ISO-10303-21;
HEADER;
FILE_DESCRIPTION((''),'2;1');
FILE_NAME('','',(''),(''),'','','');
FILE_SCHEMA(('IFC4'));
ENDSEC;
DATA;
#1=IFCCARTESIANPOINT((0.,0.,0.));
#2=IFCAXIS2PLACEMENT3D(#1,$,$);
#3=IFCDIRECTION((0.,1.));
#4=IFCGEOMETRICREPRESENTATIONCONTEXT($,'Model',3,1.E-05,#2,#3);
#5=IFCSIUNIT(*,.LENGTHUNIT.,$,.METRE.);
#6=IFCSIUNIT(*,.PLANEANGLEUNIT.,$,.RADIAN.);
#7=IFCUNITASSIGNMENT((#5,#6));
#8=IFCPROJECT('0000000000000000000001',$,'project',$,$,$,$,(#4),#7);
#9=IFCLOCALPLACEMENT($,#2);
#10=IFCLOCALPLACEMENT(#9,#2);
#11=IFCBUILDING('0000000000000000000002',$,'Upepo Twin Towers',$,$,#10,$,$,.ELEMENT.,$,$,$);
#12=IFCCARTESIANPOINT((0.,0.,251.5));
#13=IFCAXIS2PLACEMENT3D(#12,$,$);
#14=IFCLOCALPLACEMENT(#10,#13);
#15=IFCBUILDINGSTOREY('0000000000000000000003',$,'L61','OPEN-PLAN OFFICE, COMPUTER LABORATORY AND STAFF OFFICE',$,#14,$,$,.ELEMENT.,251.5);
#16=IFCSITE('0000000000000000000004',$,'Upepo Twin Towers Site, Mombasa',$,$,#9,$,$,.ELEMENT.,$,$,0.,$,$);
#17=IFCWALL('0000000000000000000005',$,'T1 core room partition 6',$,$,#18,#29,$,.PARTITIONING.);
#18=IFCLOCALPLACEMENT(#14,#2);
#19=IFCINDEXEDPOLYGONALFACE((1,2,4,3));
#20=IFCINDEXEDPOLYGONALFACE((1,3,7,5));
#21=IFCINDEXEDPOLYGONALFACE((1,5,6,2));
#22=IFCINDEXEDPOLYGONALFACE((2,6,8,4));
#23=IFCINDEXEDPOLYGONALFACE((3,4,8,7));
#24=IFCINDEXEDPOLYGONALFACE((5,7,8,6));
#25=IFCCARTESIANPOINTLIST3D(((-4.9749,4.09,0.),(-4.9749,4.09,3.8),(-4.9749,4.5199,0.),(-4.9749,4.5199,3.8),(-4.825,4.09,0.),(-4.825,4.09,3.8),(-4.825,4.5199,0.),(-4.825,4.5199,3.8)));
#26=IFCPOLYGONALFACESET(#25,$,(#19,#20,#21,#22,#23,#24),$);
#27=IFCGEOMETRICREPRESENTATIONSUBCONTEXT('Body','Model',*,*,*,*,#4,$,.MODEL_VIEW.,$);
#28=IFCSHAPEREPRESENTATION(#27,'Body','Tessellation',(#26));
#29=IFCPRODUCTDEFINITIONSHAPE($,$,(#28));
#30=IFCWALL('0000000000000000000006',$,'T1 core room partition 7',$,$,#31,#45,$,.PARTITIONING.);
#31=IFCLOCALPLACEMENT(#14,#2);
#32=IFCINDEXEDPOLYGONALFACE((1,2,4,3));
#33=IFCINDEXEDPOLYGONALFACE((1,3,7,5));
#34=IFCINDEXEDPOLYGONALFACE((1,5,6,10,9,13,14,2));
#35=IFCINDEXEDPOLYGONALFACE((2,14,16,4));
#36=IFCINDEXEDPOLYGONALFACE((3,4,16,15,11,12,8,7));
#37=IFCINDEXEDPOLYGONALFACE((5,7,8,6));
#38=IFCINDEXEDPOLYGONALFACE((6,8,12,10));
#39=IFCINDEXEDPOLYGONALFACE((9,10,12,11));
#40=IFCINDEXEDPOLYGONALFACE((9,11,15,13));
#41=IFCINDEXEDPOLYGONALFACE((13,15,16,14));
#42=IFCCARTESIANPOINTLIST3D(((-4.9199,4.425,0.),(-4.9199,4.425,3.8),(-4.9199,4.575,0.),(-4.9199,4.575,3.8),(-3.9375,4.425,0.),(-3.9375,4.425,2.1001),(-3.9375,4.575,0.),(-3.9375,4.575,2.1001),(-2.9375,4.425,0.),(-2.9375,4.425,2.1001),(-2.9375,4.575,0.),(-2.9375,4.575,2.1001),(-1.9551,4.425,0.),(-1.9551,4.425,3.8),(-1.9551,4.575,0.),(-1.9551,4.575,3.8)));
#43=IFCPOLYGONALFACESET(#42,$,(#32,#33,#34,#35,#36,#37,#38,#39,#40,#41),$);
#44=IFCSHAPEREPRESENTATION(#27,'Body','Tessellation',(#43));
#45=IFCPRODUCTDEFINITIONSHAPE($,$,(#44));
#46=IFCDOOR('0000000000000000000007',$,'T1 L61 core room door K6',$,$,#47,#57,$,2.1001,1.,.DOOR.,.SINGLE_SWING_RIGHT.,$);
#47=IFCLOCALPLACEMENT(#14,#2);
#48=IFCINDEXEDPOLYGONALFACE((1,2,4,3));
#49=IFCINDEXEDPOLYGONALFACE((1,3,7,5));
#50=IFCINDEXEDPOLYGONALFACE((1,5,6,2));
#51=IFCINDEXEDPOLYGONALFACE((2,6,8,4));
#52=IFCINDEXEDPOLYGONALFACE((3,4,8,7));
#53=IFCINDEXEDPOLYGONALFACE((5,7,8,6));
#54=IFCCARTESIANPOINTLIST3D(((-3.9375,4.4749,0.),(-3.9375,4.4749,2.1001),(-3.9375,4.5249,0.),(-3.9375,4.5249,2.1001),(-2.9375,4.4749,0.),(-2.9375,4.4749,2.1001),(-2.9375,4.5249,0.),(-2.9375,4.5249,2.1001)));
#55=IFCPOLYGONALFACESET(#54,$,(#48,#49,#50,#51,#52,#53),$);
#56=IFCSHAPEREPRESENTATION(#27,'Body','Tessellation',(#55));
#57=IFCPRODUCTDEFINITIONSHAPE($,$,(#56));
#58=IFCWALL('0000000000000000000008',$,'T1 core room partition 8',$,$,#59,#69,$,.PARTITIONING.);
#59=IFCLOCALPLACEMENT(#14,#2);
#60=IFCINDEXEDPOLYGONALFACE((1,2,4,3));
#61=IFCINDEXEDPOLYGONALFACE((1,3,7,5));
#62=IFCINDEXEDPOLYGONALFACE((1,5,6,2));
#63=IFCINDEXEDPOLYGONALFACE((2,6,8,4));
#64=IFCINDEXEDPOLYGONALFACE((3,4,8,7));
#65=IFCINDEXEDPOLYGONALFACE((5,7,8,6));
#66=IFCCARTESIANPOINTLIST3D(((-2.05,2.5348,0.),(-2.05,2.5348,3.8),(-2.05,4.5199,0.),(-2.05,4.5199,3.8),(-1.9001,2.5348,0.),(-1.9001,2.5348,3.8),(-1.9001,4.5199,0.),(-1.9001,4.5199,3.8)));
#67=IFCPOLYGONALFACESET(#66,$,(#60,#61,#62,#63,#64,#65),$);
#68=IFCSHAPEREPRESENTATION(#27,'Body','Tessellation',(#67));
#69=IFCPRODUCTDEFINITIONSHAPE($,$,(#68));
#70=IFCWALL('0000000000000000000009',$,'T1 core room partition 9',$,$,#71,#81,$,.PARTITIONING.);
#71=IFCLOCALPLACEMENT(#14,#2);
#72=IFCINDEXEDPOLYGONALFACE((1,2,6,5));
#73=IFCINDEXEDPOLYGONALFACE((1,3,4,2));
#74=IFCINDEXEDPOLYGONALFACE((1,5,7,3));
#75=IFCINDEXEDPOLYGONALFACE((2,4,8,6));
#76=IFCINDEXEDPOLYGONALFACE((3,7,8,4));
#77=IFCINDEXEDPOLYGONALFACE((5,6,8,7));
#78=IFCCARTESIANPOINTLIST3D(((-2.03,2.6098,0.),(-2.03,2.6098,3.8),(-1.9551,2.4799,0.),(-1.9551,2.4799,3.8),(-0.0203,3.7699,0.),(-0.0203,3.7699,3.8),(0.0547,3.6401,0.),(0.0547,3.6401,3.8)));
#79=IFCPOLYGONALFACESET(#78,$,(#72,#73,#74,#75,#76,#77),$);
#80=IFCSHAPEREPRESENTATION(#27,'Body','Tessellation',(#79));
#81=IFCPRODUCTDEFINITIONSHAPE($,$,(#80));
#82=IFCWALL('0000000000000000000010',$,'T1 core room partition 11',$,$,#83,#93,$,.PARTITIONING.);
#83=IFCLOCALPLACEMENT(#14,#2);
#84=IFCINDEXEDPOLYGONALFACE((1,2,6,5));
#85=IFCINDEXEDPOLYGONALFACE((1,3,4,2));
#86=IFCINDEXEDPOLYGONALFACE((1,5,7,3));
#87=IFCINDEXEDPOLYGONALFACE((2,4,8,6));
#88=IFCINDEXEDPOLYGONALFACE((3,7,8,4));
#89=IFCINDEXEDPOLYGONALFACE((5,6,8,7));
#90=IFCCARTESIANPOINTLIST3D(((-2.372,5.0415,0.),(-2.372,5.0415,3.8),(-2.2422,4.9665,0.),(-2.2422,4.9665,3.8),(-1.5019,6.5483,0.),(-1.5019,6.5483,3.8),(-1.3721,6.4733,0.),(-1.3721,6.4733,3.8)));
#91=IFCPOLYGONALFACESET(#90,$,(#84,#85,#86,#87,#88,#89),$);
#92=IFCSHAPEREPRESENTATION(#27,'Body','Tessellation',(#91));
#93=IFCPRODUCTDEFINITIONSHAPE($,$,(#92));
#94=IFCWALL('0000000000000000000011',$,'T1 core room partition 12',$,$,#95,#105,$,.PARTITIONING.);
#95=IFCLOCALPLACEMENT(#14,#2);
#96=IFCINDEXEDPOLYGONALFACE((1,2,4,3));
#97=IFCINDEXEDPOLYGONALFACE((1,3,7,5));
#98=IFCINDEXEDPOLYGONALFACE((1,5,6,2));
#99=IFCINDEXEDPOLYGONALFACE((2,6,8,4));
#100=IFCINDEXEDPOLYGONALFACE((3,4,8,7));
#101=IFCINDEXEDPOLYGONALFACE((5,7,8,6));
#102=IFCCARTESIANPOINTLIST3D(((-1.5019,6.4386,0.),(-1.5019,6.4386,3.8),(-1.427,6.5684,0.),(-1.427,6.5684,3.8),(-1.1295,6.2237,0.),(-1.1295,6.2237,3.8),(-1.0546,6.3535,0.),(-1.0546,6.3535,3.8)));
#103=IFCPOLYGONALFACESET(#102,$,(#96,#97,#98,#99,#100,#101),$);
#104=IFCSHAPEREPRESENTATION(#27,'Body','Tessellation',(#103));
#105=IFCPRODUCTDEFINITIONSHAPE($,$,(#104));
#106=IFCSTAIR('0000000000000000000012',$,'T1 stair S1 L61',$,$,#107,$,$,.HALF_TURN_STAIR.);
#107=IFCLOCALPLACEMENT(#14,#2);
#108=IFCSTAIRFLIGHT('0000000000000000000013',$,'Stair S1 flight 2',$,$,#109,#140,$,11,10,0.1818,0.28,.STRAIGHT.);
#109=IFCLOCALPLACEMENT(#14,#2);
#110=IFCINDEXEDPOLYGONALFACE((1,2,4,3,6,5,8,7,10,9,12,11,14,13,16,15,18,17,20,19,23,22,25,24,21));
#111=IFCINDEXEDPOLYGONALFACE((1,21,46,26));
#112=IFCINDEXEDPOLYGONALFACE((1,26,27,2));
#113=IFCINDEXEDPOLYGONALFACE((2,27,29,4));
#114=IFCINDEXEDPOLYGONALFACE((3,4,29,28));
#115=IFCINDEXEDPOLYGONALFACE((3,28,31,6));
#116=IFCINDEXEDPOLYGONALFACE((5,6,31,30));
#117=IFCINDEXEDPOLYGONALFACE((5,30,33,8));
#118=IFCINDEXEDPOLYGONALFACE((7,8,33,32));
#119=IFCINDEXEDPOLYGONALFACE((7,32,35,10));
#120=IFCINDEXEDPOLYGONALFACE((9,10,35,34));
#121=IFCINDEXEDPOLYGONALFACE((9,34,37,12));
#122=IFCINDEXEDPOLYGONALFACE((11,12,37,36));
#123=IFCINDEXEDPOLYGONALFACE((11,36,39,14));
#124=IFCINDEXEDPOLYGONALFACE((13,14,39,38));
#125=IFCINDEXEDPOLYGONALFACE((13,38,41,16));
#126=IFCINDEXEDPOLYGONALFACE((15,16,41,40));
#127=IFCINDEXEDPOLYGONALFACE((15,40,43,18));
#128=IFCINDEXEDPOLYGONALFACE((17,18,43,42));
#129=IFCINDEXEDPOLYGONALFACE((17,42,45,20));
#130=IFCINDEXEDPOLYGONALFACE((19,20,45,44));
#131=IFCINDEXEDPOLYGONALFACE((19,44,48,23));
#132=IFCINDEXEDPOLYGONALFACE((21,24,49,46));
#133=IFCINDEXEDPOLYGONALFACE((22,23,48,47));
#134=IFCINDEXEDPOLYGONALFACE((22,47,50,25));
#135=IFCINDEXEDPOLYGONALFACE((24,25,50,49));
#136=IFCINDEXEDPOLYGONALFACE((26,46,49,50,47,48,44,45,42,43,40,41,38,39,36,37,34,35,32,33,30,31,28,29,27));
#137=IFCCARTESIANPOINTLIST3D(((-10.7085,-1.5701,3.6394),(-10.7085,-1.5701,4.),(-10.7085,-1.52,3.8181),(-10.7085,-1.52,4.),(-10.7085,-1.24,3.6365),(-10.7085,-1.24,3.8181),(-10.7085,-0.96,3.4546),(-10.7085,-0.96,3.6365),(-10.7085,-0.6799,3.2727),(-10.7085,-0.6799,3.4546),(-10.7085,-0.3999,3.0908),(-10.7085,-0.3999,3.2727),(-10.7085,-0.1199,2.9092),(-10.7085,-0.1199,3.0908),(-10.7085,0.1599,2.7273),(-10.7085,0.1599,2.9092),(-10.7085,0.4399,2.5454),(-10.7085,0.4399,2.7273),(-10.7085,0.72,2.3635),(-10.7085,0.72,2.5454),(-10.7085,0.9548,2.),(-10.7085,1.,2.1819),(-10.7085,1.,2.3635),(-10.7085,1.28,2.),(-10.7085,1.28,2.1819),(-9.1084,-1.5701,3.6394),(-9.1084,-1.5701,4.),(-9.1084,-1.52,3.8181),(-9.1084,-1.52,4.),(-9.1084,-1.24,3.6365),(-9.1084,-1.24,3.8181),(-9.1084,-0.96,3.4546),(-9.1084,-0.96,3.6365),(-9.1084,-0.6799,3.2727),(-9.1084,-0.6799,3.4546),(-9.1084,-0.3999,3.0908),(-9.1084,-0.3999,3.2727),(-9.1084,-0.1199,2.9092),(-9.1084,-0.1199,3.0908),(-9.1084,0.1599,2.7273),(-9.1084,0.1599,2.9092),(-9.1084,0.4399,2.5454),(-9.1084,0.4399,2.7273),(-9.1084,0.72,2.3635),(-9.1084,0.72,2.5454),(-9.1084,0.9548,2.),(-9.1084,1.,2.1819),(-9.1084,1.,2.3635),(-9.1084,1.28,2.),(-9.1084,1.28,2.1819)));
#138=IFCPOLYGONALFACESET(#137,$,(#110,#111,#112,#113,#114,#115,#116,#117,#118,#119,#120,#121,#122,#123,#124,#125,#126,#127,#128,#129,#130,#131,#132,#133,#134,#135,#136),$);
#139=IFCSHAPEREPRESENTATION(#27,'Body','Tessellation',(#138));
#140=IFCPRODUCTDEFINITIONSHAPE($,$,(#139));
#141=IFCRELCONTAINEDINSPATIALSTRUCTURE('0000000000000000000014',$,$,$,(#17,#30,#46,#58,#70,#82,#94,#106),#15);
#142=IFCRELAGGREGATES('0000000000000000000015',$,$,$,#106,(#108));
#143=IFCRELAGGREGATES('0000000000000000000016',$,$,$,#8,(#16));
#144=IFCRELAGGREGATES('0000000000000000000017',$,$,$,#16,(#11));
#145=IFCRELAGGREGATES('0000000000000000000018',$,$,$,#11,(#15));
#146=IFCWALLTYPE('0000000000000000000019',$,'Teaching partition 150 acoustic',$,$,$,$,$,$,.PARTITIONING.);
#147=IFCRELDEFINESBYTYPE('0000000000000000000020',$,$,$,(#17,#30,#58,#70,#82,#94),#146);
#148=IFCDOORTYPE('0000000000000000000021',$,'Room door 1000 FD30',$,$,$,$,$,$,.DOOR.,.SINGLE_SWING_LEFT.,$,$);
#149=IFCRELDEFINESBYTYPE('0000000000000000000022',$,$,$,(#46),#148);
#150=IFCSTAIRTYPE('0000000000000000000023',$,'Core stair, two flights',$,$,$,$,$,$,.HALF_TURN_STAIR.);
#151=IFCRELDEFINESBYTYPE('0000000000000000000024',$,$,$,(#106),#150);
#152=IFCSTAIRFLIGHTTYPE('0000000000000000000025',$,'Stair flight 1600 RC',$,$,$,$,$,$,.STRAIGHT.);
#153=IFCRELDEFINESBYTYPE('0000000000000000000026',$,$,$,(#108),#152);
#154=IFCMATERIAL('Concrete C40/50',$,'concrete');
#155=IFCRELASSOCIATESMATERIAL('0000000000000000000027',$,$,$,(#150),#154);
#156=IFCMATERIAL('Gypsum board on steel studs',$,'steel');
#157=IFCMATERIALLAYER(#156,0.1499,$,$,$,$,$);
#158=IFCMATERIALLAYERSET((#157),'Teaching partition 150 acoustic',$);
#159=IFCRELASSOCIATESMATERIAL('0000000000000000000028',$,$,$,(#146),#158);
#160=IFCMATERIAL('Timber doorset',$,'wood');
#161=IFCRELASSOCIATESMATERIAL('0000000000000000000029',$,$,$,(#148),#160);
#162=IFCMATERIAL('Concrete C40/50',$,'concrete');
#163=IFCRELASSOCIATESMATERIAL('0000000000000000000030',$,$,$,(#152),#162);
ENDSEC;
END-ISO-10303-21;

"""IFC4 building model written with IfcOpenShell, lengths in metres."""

from ifc_helpers import new_model, si_unit, direction, frame, frame_2d, origin, place, context, subcontext, project, spatial, polyline, rectangle, outline, extrude, material, layer, layer_set, type_object, element, fill, aggregate, save


model = new_model("IFC4")

# Units and contexts
model_context = context("Model", 3, precision=1e-05, world=origin(), true_north=direction((0.0, 1.0)))
body_context = subcontext(model_context, "Body", "Model", "MODEL_VIEW")
ifc_project = project(units=[si_unit("LENGTHUNIT", "METRE"), si_unit("PLANEANGLEUNIT", "RADIAN")], contexts=[model_context])

# Site, building, storey
site_placement = place(None, origin())
site = spatial("IfcSite", under=ifc_project, at=site_placement, Name="Upepo Twin Towers Site, Mombasa", CompositionType="ELEMENT", RefElevation=0.0)
building_placement = place(site_placement, origin())
building = spatial("IfcBuilding", under=site, at=building_placement, Name="Upepo Twin Towers", CompositionType="ELEMENT")
storey_placement = place(building_placement, frame((0.0, 0.0, 251.5)))
storey = spatial("IfcBuildingStorey", under=building, at=storey_placement, Name="L61", Description="OPEN-PLAN OFFICE, COMPUTER LABORATORY AND STAFF OFFICE", CompositionType="ELEMENT", Elevation=251.5)

# Shared definitions
ifc_material_1 = material(Name="Concrete C40/50", Category="concrete")
stair_type = type_object("IfcStairType", Name="Core stair, two flights", PredefinedType="HALF_TURN_STAIR", material=ifc_material_1)

# Wall
ifc_material_2 = material(Name="Gypsum board on steel studs", Category="steel")
ifc_layer_1 = layer(ifc_material_2, 0.1499)
ifc_layer_set_1 = layer_set([ifc_layer_1], Name="Teaching partition 150 acoustic")
wall_type_1 = type_object("IfcWallType", Name="Teaching partition 150 acoustic", PredefinedType="PARTITIONING", material=ifc_layer_set_1)
wall_1_placement = place(storey_placement, frame((-4.8999, 4.0901, 0.0), z_axis=(0.0, 0.0, 1.0), x_axis=(0.0, 1.0, 0.0)))
element("IfcWall", 1, at=wall_1_placement, inside=storey, type_object=wall_type_1, Name="T1 core room partition 6", PredefinedType="PARTITIONING", context=body_context, shape_type="SweptSolid", body=[
    extrude(rectangle(XDim=0.4299, YDim=0.1499, at=frame_2d((0.2148, 0.0))), origin(), (0.0, 0.0, 1.0), 3.8),
])

# Wall, opening, door
wall_2_placement = place(storey_placement, frame((-4.9199, 4.5, 0.0), z_axis=(0.0, 0.0, 1.0), x_axis=(1.0, 0.0, 0.0)))
wall_2 = element("IfcWall", 2, at=wall_2_placement, inside=storey, type_object=wall_type_1, Name="T1 core room partition 7", PredefinedType="PARTITIONING", context=body_context, shape_type="SweptSolid", body=[
    extrude(rectangle(XDim=2.9648, YDim=0.1499, at=frame_2d((1.4824, 0.0))), origin(), (0.0, 0.0, 1.0), 3.8),
])
opening_1_placement = place(wall_2_placement, frame((0.9824, 0.0, 0.0)))
opening_1 = element("IfcOpeningElement", 3, at=opening_1_placement, cuts=wall_2, PredefinedType="OPENING", context=body_context, shape_type="SweptSolid", body=[
    extrude(rectangle(XDim=1.0, YDim=2.1001, at=frame_2d((0.5, 1.05))), frame((0.0, 0.085, 0.0), z_axis=(0.0, -1.0, 0.0), x_axis=(1.0, 0.0, 0.0)), (0.0, 0.0, 1.0), 0.1699),
])
ifc_material_3 = material(Name="Timber doorset", Category="wood")
door_type_1 = type_object("IfcDoorType", Name="Room door 1000 FD30", OperationType="SINGLE_SWING_LEFT", PredefinedType="DOOR", material=ifc_material_3)
door_1_placement = place(opening_1_placement, origin())
door_1 = element("IfcDoor", 4, at=door_1_placement, inside=storey, type_object=door_type_1, Name="T1 L61 core room door K6", OperationType="SINGLE_SWING_RIGHT", OverallHeight=2.1001, OverallWidth=1.0, PredefinedType="DOOR", context=body_context, shape_type="SweptSolid", body=[
    extrude(rectangle(XDim=1.0, YDim=2.1001, at=frame_2d((0.5, 1.05))), frame((0.0, 0.0249, 0.0), z_axis=(0.0, -1.0, 0.0), x_axis=(1.0, 0.0, 0.0)), (0.0, 0.0, 1.0), 0.05),
])
fill(opening_1, door_1)

# Walls
wall_3_placement = place(storey_placement, frame((-1.9751, 4.52, 0.0), z_axis=(0.0, 0.0, 1.0), x_axis=(0.0, -1.0, 0.0)))
element("IfcWall", 5, at=wall_3_placement, inside=storey, type_object=wall_type_1, Name="T1 core room partition 8", PredefinedType="PARTITIONING", context=body_context, shape_type="SweptSolid", body=[
    extrude(rectangle(XDim=1.9851, YDim=0.1499, at=frame_2d((0.9927, 0.0))), origin(), (0.0, 0.0, 1.0), 3.8),
])
wall_4_placement = place(storey_placement, frame((-1.9924, 2.5449, 0.0), z_axis=(0.0, 0.0, 1.0), x_axis=(0.866059, 0.499941, 0.0)))
element("IfcWall", 6, at=wall_4_placement, inside=storey, type_object=wall_type_1, Name="T1 core room partition 9", PredefinedType="PARTITIONING", context=body_context, shape_type="SweptSolid", body=[
    extrude(rectangle(XDim=2.3206, YDim=0.1499, at=frame_2d((1.1602, 0.0))), origin(), (0.0, 0.0, 1.0), 3.8),
])
wall_5_placement = place(storey_placement, frame((-2.3071, 5.0039, 0.0), z_axis=(0.0, 0.0, 1.0), x_axis=(0.500063, 0.865989, 0.0)))
element("IfcWall", 7, at=wall_5_placement, inside=storey, type_object=wall_type_1, Name="T1 core room partition 11", PredefinedType="PARTITIONING", context=body_context, shape_type="SweptSolid", body=[
    extrude(rectangle(XDim=1.74, YDim=0.1499, at=frame_2d((0.8701, 0.0))), origin(), (0.0, 0.0, 1.0), 3.8),
])
wall_6_placement = place(storey_placement, frame((-1.4644, 6.5034, 0.0), z_axis=(0.0, 0.0, 1.0), x_axis=(0.866138, -0.499804, 0.0)))
element("IfcWall", 8, at=wall_6_placement, inside=storey, type_object=wall_type_1, Name="T1 core room partition 12", PredefinedType="PARTITIONING", context=body_context, shape_type="SweptSolid", body=[
    extrude(rectangle(XDim=0.4299, YDim=0.1499, at=frame_2d((0.2148, 0.0))), origin(), (0.0, 0.0, 1.0), 3.8),
])

# Stair, stair flight
stair_1_placement = place(storey_placement, origin())
stair_1 = element("IfcStair", 9, at=stair_1_placement, inside=storey, type_object=stair_type, Name="T1 stair S1 L61", PredefinedType="HALF_TURN_STAIR")
ifc_material_4 = material(Name="Concrete C40/50", Category="concrete")
stair_flight_type = type_object("IfcStairFlightType", Name="Stair flight 1600 RC", PredefinedType="STRAIGHT", material=ifc_material_4)
stair_flight_placement = place(storey_placement, frame((-9.9084, 1.28, 2.0), z_axis=(0.0, 0.0, 1.0), x_axis=(0.0, -1.0, 0.0)))
stair_flight = element("IfcStairFlight", 10, at=stair_flight_placement, type_object=stair_flight_type, Name="Stair S1 flight 2", NumberOfRisers=11, NumberOfTreads=10, PredefinedType="STRAIGHT", RiserHeight=0.1818, TreadLength=0.28, context=body_context, shape_type="SweptSolid", body=[
    extrude(outline(polyline([(0.0, 0.0), (0.0, 0.1819), (0.28, 0.1819), (0.28, 0.3635), (0.5601, 0.3635), (0.5601, 0.5454), (0.8401, 0.5454), (0.8401, 0.7273), (1.1201, 0.7273), (1.1201, 0.9092), (1.3999, 0.9092), (1.3999, 1.0908), (1.6799, 1.0908), (1.6799, 1.2727), (1.96, 1.2727), (1.96, 1.4546), (2.24, 1.4546), (2.24, 1.6365), (2.52, 1.6365), (2.52, 1.8181), (2.8, 1.8181), (2.8, 2.0), (2.8501, 2.0), (2.8501, 1.6394), (0.3252, 0.0), (0.0, 0.0)])), frame((0.0, 0.8, 0.0), z_axis=(0.0, -1.0, 0.0), x_axis=(1.0, 0.0, 0.0)), (0.0, 0.0, 1.0), 1.6001),
])
aggregate(stair_1, [stair_flight])

save(model, "model.ifc")
